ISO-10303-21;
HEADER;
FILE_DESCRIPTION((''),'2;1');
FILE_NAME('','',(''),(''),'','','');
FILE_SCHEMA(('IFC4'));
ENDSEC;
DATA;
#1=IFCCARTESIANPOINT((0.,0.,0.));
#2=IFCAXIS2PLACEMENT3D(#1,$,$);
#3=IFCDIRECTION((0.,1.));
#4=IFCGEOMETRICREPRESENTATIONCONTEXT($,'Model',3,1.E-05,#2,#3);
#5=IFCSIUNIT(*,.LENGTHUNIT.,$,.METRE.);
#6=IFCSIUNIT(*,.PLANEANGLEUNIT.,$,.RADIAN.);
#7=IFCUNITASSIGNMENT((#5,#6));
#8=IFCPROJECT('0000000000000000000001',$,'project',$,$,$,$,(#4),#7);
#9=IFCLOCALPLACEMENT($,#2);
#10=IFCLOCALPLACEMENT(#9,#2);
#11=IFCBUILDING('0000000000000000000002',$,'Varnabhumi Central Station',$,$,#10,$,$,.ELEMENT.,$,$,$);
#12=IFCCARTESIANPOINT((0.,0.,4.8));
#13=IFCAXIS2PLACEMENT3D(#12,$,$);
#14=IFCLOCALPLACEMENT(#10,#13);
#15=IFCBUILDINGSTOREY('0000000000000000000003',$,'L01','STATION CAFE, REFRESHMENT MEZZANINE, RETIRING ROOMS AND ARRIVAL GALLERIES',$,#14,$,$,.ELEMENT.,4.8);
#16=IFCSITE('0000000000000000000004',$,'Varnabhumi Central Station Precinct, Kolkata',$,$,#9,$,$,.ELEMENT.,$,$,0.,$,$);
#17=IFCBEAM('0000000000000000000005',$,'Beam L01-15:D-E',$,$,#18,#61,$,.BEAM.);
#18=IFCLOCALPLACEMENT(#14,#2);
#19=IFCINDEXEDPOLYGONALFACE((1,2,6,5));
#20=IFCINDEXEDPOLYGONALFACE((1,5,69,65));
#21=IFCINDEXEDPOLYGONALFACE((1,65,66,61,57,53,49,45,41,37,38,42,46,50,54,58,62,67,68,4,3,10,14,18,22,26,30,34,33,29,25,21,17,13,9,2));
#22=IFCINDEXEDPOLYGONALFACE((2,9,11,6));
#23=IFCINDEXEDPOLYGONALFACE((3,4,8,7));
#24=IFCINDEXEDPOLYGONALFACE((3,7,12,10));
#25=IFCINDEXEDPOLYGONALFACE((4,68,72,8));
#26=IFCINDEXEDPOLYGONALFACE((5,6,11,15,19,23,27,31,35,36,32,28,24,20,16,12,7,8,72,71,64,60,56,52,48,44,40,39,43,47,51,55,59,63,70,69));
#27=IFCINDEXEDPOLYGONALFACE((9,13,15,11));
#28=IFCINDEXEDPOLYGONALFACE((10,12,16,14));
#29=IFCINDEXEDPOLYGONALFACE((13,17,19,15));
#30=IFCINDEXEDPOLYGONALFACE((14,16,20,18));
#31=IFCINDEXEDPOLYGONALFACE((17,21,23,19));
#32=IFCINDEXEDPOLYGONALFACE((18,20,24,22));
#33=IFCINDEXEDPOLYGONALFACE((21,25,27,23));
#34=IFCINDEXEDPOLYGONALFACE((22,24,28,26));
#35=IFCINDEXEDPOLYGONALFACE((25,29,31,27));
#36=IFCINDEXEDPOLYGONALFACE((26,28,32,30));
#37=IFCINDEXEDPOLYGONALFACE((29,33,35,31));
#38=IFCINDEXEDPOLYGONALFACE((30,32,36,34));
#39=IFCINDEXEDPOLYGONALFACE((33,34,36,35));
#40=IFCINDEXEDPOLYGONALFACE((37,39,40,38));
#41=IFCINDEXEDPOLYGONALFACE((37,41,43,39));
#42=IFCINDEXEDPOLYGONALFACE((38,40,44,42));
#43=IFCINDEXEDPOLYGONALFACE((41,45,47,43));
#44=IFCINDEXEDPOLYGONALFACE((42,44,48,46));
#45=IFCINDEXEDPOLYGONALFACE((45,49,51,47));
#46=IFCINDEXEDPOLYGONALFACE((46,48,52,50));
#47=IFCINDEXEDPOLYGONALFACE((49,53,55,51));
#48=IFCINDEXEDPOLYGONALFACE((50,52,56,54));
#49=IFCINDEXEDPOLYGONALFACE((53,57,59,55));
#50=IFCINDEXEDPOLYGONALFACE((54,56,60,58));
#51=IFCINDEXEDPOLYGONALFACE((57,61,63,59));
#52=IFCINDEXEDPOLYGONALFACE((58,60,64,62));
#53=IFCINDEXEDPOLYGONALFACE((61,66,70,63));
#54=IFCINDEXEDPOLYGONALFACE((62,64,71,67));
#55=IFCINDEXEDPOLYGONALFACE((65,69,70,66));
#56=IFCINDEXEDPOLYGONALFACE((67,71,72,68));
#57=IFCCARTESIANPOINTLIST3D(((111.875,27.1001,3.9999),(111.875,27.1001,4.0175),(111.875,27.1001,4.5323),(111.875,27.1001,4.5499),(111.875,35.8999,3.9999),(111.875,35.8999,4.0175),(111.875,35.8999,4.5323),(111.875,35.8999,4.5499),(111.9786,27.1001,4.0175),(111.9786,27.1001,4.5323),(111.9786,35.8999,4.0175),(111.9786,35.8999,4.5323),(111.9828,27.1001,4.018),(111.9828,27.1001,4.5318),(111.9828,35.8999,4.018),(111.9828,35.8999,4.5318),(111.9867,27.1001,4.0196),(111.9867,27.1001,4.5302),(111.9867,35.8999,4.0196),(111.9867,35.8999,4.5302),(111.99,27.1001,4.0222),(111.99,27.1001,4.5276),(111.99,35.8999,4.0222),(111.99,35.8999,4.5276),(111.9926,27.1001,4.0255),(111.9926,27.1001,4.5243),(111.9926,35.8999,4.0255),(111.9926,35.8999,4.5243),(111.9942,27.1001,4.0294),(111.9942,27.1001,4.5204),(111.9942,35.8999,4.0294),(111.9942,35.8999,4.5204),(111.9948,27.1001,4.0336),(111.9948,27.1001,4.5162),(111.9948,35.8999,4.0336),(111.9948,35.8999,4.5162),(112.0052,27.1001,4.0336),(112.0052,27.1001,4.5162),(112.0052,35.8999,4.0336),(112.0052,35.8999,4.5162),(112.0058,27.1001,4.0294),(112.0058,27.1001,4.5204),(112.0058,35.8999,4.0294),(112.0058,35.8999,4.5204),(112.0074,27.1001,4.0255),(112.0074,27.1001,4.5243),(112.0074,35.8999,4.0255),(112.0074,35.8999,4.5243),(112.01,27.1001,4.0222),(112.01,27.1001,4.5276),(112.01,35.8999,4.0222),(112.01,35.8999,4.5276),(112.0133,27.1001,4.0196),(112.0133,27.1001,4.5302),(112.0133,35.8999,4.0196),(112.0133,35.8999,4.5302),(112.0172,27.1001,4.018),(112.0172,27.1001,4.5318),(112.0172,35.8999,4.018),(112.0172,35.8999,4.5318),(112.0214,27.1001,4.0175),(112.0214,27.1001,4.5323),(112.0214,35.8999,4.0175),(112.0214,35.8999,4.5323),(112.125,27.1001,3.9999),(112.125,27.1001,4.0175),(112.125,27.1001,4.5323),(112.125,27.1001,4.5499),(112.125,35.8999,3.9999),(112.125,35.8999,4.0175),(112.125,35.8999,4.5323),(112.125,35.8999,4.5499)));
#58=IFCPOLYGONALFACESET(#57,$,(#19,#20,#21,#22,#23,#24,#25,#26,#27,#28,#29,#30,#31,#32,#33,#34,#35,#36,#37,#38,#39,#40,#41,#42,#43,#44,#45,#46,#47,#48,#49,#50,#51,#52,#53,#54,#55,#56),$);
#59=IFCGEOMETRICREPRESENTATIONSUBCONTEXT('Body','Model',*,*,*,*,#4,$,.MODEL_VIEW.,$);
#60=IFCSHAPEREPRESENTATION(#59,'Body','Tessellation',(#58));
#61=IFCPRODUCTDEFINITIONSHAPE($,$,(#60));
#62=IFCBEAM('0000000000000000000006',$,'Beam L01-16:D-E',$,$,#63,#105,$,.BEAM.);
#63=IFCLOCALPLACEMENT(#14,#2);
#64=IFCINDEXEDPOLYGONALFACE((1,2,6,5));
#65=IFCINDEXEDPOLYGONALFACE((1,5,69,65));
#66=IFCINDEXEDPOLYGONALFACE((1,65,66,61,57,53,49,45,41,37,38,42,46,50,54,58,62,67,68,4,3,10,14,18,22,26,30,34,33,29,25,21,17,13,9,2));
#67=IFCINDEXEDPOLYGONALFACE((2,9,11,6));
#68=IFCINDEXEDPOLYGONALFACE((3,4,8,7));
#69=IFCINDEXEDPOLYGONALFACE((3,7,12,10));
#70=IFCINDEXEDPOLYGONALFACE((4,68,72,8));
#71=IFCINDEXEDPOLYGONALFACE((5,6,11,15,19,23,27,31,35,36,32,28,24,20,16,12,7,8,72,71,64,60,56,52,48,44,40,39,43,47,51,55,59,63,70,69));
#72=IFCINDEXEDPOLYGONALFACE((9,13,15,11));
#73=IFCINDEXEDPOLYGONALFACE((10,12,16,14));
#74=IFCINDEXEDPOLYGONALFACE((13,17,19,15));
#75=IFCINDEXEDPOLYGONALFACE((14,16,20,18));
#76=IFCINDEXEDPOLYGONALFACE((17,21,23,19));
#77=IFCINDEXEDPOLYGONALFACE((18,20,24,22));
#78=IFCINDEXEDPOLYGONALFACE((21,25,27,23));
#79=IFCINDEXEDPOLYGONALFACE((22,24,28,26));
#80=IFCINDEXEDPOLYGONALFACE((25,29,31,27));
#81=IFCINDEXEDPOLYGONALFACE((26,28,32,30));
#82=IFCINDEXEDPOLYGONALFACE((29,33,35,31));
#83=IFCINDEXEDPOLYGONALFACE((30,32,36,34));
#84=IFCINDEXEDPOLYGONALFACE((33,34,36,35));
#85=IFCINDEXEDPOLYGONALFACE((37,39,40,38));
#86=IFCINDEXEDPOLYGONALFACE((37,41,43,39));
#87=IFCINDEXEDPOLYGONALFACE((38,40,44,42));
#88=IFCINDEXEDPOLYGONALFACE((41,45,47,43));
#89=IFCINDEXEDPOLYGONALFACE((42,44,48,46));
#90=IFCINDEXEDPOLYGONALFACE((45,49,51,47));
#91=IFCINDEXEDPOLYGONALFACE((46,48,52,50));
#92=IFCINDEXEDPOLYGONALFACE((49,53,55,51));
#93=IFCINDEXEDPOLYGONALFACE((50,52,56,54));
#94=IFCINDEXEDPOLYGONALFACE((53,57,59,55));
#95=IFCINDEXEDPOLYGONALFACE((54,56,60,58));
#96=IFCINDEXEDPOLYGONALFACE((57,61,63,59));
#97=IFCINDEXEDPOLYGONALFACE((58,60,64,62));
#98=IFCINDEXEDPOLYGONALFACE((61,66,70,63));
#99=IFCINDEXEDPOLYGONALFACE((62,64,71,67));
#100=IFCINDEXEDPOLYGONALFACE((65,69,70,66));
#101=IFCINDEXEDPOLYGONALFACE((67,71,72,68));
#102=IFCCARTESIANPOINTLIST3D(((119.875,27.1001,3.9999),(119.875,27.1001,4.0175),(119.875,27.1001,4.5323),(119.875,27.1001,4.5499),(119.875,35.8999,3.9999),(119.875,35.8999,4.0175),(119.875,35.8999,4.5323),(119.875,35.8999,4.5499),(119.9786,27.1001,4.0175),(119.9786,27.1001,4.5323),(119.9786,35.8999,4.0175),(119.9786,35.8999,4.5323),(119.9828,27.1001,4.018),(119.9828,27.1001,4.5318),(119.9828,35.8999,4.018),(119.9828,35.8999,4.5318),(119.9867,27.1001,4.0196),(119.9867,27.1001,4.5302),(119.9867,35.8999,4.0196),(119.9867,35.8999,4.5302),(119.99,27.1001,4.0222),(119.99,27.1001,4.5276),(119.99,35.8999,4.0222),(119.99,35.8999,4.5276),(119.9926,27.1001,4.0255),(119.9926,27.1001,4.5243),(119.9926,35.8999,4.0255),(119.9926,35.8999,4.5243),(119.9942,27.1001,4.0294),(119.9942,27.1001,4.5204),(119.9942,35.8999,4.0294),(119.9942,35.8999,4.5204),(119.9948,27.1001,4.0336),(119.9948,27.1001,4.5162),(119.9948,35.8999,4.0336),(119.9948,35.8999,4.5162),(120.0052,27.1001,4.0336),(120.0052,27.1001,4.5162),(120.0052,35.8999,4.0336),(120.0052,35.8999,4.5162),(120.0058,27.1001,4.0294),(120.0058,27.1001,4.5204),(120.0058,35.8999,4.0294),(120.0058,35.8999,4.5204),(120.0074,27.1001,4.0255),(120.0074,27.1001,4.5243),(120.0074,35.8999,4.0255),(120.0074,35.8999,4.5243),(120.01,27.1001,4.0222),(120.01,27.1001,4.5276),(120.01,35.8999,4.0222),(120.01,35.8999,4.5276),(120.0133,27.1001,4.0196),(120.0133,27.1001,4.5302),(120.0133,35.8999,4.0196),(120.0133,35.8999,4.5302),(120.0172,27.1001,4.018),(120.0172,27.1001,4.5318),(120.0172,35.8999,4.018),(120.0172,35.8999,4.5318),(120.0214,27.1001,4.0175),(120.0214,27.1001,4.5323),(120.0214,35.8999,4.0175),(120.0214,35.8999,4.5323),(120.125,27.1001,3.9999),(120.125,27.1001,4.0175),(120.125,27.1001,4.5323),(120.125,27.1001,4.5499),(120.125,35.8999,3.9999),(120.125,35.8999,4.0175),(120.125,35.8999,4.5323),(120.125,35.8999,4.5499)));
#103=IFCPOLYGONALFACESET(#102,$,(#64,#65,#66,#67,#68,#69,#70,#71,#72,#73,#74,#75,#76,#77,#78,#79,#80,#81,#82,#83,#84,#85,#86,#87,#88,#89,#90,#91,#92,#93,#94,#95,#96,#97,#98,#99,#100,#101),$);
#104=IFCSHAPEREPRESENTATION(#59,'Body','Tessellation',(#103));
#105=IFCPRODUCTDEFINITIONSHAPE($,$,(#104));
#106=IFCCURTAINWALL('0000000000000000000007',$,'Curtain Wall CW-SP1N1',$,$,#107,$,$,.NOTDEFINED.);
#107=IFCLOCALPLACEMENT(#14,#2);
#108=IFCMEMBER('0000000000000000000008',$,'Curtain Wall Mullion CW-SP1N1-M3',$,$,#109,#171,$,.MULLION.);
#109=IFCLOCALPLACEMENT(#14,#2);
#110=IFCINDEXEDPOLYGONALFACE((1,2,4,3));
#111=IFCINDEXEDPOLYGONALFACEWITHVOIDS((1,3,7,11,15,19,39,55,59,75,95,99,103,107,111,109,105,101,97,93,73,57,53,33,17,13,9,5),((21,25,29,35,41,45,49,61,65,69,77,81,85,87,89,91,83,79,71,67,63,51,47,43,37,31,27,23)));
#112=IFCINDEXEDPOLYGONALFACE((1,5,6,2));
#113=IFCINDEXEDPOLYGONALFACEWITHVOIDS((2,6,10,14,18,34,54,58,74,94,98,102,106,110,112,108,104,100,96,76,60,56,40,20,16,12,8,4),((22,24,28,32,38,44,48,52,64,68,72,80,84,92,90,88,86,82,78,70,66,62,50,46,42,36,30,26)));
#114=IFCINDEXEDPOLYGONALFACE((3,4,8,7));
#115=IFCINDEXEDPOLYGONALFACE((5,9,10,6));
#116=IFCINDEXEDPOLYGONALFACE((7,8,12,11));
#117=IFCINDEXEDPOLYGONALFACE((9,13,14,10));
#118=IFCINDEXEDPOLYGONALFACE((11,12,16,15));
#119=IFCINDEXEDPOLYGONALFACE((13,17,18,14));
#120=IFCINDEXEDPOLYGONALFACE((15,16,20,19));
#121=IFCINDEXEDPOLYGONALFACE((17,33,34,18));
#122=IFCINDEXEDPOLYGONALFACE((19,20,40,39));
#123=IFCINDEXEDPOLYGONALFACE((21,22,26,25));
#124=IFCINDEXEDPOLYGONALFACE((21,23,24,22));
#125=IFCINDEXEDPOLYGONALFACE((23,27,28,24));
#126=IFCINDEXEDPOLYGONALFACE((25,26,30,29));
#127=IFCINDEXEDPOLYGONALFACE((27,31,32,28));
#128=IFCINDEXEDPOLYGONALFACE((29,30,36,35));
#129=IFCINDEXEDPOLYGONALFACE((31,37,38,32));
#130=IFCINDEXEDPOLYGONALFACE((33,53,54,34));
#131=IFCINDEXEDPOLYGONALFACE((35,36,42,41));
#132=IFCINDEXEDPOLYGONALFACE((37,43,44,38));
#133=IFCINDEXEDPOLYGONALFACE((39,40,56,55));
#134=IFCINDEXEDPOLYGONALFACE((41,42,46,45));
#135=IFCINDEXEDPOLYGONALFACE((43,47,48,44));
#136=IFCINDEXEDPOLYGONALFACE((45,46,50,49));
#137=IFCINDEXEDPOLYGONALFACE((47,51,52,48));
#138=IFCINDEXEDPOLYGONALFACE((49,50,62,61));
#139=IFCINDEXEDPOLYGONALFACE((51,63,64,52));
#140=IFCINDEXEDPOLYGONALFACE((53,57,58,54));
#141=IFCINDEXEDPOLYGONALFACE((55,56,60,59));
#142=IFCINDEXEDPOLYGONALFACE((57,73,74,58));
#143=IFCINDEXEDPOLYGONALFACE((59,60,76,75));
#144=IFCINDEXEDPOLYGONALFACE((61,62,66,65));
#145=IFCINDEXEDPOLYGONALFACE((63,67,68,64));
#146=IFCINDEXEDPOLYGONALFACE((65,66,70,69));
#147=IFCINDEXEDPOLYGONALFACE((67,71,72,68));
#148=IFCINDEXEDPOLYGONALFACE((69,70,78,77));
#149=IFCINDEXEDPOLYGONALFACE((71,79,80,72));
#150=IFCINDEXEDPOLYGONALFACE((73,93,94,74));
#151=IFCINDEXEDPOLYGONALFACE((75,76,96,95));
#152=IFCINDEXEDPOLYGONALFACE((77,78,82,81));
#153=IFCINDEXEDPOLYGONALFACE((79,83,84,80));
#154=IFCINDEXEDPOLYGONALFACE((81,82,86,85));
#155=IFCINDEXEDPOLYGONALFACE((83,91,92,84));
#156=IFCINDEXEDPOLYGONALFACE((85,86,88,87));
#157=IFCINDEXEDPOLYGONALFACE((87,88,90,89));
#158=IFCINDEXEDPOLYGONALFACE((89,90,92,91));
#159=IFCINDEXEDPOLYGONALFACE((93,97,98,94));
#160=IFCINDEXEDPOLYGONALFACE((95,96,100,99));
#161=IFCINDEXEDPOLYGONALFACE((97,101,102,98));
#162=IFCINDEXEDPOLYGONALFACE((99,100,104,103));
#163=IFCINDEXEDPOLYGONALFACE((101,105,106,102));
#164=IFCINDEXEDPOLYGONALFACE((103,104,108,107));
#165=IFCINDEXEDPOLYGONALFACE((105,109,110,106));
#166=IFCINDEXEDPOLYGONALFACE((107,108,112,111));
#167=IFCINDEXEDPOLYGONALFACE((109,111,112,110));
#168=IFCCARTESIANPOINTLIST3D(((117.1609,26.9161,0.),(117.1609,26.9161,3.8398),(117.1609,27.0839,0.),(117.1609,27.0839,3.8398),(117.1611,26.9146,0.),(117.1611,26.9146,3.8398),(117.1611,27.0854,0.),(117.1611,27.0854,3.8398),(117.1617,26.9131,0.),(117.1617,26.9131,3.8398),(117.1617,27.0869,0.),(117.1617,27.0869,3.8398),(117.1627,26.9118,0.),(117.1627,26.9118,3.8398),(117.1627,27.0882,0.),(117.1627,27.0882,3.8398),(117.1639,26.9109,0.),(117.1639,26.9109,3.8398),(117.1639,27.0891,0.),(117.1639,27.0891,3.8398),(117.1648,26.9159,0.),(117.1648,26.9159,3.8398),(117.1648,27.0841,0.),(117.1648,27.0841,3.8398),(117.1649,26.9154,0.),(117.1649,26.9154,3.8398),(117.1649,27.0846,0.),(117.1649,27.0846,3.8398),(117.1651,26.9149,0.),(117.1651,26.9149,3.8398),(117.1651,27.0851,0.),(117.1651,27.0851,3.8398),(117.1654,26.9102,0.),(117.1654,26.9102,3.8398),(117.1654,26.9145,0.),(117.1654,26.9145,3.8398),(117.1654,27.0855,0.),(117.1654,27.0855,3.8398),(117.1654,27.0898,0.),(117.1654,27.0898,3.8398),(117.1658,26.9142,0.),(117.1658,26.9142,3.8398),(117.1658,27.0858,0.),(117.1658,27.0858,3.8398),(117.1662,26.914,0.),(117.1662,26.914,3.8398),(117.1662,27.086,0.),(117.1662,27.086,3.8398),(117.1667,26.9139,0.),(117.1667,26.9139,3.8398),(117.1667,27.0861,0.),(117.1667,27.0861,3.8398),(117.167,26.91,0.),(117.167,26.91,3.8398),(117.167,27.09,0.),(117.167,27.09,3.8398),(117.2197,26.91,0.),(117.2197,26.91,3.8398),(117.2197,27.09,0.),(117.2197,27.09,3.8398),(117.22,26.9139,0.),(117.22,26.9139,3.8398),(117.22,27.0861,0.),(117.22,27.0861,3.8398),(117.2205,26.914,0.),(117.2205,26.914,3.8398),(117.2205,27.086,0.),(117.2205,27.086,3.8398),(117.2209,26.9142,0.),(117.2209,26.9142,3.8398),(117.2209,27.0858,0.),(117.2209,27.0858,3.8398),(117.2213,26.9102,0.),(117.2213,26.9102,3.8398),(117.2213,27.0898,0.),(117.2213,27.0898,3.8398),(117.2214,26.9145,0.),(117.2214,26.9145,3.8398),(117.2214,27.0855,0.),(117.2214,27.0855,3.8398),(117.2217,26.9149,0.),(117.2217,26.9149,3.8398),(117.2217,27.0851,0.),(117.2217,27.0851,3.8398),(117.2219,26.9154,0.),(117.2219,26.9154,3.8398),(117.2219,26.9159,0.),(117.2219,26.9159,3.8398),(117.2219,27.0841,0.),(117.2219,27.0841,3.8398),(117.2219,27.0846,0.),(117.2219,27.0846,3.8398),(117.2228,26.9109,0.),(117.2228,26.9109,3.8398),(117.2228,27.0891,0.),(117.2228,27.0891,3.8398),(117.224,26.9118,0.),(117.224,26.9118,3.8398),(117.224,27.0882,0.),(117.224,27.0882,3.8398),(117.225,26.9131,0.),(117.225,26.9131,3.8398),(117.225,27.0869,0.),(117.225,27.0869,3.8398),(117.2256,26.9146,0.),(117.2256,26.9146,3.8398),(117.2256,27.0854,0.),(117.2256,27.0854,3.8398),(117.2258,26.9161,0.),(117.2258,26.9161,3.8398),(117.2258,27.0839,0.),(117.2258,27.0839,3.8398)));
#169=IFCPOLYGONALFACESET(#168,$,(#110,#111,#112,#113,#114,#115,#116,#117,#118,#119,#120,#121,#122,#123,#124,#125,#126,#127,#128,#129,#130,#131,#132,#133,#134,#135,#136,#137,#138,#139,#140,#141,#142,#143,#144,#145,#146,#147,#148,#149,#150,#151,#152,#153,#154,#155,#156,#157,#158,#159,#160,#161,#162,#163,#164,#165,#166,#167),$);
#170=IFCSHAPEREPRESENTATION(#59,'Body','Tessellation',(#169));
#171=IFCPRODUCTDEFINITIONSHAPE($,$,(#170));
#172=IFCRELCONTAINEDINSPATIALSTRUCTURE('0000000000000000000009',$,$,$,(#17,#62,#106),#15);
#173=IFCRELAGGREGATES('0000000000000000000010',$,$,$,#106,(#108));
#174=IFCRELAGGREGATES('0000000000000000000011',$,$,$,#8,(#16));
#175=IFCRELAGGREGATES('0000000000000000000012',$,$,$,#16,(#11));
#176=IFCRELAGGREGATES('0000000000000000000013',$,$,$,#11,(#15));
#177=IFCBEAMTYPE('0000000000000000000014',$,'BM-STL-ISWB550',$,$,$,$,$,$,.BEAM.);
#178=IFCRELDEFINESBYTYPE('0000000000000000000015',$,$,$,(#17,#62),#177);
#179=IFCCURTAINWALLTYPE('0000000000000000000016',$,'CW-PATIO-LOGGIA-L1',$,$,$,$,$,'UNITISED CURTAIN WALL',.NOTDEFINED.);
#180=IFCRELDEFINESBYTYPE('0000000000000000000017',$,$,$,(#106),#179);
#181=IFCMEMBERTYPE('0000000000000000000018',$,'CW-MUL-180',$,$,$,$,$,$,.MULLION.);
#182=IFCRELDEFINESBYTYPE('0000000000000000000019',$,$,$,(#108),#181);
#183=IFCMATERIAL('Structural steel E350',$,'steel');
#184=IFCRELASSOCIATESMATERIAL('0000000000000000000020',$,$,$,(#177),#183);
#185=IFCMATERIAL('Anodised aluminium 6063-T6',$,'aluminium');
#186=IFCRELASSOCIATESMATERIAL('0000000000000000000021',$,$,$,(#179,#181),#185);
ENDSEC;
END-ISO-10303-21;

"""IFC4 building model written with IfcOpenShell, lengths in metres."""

from ifc_helpers import new_model, si_unit, direction, frame, origin, origin_2d, place, context, subcontext, project, spatial, hollow_rectangle, i_section, extrude, material, material_profile, profile_set, type_object, element, aggregate, save


model = new_model("IFC4")

# Units and contexts
model_context = context("Model", 3, precision=1e-05, world=origin(), true_north=direction((0.0, 1.0)))
body_context = subcontext(model_context, "Body", "Model", "MODEL_VIEW")
ifc_project = project(units=[si_unit("LENGTHUNIT", "METRE"), si_unit("PLANEANGLEUNIT", "RADIAN")], contexts=[model_context])

# Site, building, storey
site_placement = place(None, origin())
site = spatial("IfcSite", under=ifc_project, at=site_placement, Name="Varnabhumi Central Station Precinct, Kolkata", CompositionType="ELEMENT", RefElevation=0.0)
building_placement = place(site_placement, origin())
building = spatial("IfcBuilding", under=site, at=building_placement, Name="Varnabhumi Central Station", CompositionType="ELEMENT")
storey_placement = place(building_placement, frame((0.0, 0.0, 4.8)))
storey = spatial("IfcBuildingStorey", under=building, at=storey_placement, Name="L01", Description="STATION CAFE, REFRESHMENT MEZZANINE, RETIRING ROOMS AND ARRIVAL GALLERIES", CompositionType="ELEMENT", Elevation=4.8)

# Beams
ifc_material_1 = material(Name="Structural steel E350", Category="steel")
ifc_material_profile_1 = material_profile(ifc_material_1, i_section(OverallWidth=0.25, OverallDepth=0.55, WebThickness=0.0105, FlangeThickness=0.0176, FilletRadius=0.0161, at=origin_2d()), Name="Structural steel E350", Category="steel")
ifc_profile_set_1 = profile_set([ifc_material_profile_1], Name="Structural steel E350")
beam_type_1 = type_object("IfcBeamType", Name="BM-STL-ISWB550", PredefinedType="BEAM", material=ifc_profile_set_1)
for number, where, z_axis, x_axis, name in (
    (1, (112.0, 27.1001, 4.2749), (0.0, 1.0, 0.0), (-1.0, 0.0, 0.0), "Beam L01-15:D-E"),
    (2, (120.0, 27.1001, 4.2749), (0.0, 1.0, 0.0), (-1.0, 0.0, 0.0), "Beam L01-16:D-E"),
):
    element("IfcBeam", number, at=place(storey_placement, frame(where, z_axis=z_axis, x_axis=x_axis)), inside=storey, type_object=beam_type_1, Name=name, PredefinedType="BEAM", context=body_context, shape_type="SweptSolid", body=[
        extrude(i_section(OverallWidth=0.25, OverallDepth=0.55, WebThickness=0.0105, FlangeThickness=0.0176, FilletRadius=0.0161, at=origin_2d()), origin(), (0.0, 0.0, 1.0), 8.7998),
    ])

# Curtain wall, member
ifc_material_2 = material(Name="Anodised aluminium 6063-T6", Category="aluminium")
curtain_wall_type = type_object("IfcCurtainWallType", Name="CW-PATIO-LOGGIA-L1", ElementType="UNITISED CURTAIN WALL", PredefinedType="NOTDEFINED", material=ifc_material_2)
curtain_wall_placement = place(storey_placement, origin())
curtain_wall = element("IfcCurtainWall", 3, at=curtain_wall_placement, inside=storey, type_object=curtain_wall_type, Name="Curtain Wall CW-SP1N1", PredefinedType="NOTDEFINED")
ifc_material_profile_2 = material_profile(ifc_material_2, hollow_rectangle(XDim=0.0649, YDim=0.1799, WallThickness=0.0039, InnerFilletRadius=0.002, OuterFilletRadius=0.0061, at=origin_2d()), Name="Anodised aluminium 6063-T6", Category="aluminium")
ifc_profile_set_2 = profile_set([ifc_material_profile_2], Name="Anodised aluminium 6063-T6")
member_type = type_object("IfcMemberType", Name="CW-MUL-180", PredefinedType="MULLION", material=ifc_profile_set_2)
member_1_placement = place(storey_placement, frame((117.1934, 27.0, 0.0), z_axis=(0.0, 0.0, 1.0), x_axis=(1.0, 0.0, 0.0)))
member_1 = element("IfcMember", 4, at=member_1_placement, type_object=member_type, Name="Curtain Wall Mullion CW-SP1N1-M3", PredefinedType="MULLION", context=body_context, shape_type="SweptSolid", body=[
    extrude(hollow_rectangle(XDim=0.0649, YDim=0.1799, WallThickness=0.0039, InnerFilletRadius=0.002, OuterFilletRadius=0.0061, at=origin_2d()), origin(), (0.0, 0.0, 1.0), 3.8398),
])
aggregate(curtain_wall, [member_1])

save(model, "model.ifc")
